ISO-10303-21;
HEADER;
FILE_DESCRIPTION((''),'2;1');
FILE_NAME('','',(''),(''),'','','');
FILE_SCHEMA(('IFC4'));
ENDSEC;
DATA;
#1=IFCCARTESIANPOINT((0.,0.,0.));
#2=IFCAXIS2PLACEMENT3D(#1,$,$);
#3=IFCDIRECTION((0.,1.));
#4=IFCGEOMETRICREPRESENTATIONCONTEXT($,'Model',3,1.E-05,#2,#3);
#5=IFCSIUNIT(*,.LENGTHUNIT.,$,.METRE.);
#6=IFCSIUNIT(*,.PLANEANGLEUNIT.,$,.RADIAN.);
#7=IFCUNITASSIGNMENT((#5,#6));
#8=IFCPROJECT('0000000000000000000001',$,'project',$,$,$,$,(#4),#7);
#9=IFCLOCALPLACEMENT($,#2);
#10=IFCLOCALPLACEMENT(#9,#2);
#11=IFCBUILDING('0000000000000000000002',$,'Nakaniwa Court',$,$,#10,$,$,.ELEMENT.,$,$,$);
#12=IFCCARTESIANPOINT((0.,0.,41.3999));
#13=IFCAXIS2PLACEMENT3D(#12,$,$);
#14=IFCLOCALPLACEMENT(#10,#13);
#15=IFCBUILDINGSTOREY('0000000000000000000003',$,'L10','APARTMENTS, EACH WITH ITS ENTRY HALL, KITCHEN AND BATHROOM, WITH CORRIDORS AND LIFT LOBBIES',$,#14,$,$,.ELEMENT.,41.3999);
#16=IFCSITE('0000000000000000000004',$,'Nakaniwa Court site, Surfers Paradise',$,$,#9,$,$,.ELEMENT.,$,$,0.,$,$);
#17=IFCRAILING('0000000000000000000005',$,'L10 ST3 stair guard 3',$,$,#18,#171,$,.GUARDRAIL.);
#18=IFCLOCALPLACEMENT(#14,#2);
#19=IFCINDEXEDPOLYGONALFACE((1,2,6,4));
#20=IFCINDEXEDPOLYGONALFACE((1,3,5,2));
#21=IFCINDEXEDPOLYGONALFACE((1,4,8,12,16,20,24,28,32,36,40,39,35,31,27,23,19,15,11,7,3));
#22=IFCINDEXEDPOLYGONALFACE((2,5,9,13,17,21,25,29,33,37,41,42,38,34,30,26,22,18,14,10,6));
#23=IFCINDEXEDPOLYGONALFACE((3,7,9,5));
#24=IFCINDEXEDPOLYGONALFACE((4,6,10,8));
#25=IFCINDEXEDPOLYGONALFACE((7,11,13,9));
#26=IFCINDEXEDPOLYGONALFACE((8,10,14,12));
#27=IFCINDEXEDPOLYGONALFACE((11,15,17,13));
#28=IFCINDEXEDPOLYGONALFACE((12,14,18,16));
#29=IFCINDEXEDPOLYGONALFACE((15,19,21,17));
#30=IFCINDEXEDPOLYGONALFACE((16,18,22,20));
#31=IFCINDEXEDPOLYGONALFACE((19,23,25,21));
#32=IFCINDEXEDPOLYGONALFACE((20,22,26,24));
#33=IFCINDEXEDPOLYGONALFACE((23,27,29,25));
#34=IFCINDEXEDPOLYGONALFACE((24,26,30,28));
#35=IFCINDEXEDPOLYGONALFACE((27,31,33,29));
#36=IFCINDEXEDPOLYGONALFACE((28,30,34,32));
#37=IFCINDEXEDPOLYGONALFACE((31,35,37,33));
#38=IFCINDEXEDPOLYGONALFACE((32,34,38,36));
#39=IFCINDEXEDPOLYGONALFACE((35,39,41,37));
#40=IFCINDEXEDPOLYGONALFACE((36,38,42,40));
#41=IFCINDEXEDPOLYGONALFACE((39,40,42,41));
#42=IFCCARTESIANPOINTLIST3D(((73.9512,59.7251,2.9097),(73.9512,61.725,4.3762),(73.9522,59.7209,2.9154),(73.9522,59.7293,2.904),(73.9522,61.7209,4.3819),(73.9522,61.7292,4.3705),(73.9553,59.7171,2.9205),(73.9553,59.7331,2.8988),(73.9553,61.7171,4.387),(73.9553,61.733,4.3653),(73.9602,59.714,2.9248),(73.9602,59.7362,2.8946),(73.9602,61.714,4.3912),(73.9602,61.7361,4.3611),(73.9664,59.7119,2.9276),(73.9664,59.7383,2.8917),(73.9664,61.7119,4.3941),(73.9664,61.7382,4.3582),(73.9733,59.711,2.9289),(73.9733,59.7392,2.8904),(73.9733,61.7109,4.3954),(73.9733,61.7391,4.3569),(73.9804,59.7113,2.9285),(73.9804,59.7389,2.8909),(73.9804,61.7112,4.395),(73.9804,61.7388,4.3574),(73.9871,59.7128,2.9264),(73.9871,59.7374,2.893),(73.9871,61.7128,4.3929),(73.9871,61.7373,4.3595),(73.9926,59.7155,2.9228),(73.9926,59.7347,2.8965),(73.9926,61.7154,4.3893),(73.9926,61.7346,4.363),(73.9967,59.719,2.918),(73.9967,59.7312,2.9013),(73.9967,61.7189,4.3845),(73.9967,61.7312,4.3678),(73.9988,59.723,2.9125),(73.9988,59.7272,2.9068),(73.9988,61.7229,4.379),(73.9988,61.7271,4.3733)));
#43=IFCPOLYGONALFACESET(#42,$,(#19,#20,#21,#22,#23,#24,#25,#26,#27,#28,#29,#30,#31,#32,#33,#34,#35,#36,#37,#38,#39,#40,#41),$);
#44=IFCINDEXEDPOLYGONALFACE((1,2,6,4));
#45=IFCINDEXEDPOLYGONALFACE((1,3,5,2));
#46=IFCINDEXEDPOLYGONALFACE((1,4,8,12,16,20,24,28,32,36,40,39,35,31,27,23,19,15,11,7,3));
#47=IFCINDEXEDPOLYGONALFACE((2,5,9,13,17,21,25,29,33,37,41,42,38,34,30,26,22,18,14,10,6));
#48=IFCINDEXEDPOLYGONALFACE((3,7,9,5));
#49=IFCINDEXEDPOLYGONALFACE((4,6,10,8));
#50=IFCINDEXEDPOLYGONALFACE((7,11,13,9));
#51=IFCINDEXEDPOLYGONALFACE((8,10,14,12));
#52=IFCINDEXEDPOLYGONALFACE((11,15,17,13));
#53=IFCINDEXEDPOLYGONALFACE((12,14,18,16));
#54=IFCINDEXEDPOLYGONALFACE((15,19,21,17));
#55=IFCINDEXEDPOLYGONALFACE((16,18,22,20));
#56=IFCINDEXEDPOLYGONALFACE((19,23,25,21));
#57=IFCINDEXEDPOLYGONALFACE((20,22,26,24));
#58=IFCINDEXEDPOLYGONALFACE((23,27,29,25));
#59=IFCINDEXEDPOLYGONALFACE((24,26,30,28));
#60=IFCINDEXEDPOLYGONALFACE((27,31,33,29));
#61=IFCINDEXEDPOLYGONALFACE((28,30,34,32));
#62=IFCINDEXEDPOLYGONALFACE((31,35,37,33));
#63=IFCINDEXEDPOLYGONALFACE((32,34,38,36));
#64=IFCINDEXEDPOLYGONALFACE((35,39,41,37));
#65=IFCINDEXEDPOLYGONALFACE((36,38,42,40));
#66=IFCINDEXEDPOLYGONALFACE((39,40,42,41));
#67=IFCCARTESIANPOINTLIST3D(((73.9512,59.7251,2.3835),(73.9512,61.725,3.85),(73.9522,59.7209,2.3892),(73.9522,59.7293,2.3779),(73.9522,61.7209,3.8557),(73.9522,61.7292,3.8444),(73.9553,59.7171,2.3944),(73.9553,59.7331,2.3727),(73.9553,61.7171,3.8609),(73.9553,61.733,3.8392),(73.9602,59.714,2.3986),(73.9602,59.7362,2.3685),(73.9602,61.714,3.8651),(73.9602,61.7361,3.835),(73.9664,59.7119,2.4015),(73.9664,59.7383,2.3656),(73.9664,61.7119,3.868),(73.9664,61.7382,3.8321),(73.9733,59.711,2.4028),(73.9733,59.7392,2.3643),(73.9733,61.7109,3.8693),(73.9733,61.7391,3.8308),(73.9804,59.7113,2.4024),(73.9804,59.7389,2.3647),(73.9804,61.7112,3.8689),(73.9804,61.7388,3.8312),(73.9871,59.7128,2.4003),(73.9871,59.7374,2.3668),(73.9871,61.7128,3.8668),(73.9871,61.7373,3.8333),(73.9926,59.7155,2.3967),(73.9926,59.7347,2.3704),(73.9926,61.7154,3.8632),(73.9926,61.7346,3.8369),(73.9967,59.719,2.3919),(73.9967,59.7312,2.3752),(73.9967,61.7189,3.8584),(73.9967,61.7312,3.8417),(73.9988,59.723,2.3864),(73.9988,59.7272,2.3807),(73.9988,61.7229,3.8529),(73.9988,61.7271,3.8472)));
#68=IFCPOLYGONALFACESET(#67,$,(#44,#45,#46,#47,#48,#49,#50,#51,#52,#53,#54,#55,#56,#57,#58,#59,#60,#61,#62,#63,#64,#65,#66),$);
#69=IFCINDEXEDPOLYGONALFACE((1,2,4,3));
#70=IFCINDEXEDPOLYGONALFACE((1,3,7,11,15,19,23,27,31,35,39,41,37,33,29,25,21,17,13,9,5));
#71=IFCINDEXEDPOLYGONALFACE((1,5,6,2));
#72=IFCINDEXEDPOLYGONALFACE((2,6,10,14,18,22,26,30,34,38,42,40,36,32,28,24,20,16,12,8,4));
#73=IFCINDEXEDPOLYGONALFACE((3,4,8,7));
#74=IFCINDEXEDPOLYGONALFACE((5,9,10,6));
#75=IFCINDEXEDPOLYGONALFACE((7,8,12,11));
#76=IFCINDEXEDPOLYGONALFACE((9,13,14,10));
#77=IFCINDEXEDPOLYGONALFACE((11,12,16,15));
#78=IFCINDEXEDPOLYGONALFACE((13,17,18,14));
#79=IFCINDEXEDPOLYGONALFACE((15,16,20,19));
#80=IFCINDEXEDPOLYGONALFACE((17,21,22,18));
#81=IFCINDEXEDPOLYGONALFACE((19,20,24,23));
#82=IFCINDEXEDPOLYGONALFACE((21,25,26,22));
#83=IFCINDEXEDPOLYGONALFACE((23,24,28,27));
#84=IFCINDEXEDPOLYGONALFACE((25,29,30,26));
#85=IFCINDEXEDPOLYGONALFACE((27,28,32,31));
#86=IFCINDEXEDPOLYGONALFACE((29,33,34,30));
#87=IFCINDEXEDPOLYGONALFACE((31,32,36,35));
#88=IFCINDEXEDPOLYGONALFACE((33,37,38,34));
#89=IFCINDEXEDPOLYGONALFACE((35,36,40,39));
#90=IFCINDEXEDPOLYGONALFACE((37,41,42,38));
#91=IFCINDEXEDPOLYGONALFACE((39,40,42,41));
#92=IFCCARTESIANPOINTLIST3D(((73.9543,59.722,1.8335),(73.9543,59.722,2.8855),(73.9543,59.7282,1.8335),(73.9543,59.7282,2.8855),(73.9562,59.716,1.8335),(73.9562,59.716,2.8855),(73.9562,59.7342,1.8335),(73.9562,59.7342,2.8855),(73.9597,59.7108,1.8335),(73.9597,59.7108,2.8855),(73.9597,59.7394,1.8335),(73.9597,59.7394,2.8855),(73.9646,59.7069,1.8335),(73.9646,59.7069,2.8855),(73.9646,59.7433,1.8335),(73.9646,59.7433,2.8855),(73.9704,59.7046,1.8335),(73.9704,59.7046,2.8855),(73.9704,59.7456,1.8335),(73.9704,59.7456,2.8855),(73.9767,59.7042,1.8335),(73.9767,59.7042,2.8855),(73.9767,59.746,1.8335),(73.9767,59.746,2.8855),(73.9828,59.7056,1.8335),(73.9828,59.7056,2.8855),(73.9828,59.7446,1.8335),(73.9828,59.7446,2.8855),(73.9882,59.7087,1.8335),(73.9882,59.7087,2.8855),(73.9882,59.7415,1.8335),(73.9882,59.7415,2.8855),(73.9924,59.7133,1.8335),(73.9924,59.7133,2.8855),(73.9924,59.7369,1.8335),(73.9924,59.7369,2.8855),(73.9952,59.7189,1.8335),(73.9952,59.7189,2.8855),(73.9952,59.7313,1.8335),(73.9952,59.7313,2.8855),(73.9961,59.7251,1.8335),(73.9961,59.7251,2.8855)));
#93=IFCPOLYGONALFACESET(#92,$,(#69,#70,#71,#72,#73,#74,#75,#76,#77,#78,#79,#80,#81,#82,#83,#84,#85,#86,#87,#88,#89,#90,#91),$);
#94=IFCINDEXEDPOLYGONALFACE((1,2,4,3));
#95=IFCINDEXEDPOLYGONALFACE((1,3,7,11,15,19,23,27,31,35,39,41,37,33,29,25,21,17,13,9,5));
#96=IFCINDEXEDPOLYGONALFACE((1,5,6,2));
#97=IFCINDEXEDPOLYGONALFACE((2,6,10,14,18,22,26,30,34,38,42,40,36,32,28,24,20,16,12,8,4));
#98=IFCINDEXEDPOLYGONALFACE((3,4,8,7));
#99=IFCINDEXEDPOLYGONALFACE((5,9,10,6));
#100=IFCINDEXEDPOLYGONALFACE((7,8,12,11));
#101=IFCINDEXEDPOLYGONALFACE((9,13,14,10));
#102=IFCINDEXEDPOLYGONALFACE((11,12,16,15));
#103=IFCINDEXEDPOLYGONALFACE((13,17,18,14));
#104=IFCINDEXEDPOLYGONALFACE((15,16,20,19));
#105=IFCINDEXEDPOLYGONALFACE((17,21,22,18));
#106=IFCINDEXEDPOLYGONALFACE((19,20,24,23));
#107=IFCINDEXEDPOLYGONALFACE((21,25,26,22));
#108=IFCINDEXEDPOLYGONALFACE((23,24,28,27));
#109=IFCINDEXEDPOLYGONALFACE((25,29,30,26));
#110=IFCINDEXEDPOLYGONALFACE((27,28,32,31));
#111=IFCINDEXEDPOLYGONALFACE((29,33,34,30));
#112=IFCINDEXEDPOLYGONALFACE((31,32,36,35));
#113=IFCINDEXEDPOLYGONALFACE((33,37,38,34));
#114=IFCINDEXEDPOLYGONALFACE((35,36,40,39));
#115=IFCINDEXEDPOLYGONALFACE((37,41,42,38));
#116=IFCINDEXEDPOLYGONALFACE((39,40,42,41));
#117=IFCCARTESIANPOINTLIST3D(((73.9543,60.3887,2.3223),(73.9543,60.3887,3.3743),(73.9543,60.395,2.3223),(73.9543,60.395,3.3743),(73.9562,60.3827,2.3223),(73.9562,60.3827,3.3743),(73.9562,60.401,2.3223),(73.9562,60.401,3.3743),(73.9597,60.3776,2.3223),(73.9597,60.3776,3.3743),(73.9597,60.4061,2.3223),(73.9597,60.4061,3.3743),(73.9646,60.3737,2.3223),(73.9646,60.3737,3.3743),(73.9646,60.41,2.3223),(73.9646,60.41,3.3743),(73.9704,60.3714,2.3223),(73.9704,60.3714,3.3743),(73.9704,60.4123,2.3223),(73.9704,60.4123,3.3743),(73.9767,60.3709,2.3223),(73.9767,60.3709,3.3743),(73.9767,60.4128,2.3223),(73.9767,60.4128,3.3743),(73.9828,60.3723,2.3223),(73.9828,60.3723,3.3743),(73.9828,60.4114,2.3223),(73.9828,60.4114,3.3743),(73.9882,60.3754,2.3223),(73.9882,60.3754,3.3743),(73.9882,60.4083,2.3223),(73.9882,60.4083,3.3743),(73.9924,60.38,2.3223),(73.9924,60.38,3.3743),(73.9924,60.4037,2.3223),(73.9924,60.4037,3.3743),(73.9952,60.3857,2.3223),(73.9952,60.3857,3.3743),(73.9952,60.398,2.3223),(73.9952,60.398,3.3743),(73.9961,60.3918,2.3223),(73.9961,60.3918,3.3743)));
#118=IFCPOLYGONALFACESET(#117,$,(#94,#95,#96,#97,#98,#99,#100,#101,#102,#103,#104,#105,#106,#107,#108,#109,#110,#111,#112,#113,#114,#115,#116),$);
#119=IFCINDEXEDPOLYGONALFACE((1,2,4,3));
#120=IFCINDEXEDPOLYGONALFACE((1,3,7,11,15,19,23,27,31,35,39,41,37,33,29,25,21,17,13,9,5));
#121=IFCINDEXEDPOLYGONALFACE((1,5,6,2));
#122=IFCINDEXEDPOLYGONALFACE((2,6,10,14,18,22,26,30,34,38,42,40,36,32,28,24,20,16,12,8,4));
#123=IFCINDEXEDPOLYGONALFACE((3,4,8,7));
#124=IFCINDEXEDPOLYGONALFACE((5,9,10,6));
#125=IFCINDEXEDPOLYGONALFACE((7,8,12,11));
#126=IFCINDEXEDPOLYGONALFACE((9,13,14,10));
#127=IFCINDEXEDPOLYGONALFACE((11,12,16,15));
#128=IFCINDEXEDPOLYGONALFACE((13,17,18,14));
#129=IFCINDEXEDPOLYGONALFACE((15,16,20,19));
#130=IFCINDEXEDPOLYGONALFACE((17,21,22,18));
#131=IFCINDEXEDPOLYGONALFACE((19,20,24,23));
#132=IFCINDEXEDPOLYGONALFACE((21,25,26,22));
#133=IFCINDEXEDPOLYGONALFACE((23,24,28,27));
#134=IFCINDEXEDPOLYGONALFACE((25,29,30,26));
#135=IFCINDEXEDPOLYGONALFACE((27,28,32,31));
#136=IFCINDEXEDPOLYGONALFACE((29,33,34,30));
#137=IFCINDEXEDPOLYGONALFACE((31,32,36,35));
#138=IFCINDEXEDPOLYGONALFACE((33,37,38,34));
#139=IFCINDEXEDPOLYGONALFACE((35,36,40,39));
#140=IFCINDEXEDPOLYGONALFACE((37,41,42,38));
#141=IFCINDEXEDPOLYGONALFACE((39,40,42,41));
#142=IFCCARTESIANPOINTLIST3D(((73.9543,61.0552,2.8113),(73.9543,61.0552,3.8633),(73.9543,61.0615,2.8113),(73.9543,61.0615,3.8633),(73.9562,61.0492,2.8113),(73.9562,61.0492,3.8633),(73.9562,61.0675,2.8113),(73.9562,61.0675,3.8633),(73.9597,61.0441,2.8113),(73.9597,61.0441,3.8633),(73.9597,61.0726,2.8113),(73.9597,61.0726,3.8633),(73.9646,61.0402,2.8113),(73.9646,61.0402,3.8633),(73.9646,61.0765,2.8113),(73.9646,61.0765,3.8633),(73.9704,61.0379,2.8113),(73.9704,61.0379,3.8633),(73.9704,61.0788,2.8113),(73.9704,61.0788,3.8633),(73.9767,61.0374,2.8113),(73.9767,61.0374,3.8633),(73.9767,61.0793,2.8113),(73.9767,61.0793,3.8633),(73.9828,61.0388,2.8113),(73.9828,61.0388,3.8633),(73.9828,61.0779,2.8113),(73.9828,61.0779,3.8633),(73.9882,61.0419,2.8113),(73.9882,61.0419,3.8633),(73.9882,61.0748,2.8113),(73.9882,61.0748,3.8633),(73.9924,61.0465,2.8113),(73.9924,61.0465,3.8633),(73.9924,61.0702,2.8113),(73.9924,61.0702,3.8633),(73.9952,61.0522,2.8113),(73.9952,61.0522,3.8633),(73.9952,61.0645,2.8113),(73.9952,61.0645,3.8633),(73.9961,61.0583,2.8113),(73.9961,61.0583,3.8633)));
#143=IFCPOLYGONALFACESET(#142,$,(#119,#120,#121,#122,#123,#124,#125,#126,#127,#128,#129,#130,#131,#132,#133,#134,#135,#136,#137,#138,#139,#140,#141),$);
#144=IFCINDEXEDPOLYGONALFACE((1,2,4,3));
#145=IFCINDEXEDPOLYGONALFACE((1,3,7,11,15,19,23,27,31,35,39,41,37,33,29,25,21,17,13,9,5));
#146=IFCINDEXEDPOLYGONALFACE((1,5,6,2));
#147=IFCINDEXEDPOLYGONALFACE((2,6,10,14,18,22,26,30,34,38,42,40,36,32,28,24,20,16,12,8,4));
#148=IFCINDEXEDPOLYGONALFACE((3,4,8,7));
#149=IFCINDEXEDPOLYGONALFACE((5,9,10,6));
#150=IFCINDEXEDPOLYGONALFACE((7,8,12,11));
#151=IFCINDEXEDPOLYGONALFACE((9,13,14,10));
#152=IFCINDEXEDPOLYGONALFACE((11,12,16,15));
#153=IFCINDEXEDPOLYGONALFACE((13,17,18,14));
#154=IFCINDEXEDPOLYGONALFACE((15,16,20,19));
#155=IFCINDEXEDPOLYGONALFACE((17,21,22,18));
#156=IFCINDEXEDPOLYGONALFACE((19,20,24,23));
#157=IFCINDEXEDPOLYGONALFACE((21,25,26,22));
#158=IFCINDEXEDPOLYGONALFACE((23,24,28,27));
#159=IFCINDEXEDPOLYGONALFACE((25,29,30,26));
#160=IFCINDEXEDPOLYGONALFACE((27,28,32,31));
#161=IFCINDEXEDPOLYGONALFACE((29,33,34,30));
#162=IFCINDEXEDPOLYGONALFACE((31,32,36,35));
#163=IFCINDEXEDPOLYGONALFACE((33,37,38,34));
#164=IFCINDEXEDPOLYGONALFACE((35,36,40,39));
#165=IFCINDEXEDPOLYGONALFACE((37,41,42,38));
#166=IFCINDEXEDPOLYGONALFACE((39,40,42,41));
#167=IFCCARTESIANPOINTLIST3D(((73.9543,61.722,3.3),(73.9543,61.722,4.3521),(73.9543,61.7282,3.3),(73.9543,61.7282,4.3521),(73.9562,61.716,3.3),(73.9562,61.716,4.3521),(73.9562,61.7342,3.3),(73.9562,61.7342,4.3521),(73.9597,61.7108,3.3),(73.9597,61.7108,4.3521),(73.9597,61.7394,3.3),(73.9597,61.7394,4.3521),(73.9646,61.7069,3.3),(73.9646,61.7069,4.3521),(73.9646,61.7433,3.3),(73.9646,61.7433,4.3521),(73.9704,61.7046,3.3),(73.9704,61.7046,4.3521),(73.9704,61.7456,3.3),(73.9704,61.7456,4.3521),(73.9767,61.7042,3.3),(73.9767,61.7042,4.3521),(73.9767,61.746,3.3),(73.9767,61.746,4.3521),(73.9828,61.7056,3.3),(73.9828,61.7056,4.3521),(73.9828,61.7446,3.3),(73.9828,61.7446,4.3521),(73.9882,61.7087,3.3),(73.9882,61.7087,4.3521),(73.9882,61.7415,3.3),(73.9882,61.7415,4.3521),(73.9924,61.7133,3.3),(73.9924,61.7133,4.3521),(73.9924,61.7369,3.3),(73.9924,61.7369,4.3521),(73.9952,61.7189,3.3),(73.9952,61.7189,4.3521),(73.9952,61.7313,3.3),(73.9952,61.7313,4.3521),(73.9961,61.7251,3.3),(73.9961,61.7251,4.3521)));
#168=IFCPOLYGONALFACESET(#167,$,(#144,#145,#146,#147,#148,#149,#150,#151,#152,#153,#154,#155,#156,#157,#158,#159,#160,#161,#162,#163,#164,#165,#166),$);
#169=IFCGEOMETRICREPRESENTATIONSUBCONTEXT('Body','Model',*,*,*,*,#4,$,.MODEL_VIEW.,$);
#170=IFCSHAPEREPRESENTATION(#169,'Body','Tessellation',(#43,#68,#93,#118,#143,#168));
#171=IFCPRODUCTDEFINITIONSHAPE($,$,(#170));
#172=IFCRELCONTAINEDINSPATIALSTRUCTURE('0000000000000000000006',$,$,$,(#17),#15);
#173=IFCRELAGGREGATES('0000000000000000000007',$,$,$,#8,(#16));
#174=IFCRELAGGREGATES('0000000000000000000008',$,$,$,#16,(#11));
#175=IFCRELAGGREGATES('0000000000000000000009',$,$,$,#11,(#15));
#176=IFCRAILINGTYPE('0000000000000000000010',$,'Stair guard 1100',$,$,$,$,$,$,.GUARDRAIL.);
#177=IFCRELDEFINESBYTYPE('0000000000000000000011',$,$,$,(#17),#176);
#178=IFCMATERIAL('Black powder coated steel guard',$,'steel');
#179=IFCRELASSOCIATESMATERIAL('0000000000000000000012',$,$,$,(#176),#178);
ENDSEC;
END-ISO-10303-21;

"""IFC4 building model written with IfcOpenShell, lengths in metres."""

from ifc_helpers import new_model, si_unit, direction, frame, origin, origin_2d, place, context, subcontext, project, spatial, circle, extrude, material, type_object, element, save


model = new_model("IFC4")

# Units and contexts
model_context = context("Model", 3, precision=1e-05, world=origin(), true_north=direction((0.0, 1.0)))
body_context = subcontext(model_context, "Body", "Model", "MODEL_VIEW")
ifc_project = project(units=[si_unit("LENGTHUNIT", "METRE"), si_unit("PLANEANGLEUNIT", "RADIAN")], contexts=[model_context])

# Site, building, storey
site_placement = place(None, origin())
site = spatial("IfcSite", under=ifc_project, at=site_placement, Name="Nakaniwa Court site, Surfers Paradise", CompositionType="ELEMENT", RefElevation=0.0)
building_placement = place(site_placement, origin())
building = spatial("IfcBuilding", under=site, at=building_placement, Name="Nakaniwa Court", CompositionType="ELEMENT")
storey_placement = place(building_placement, frame((0.0, 0.0, 41.3999)))
storey = spatial("IfcBuildingStorey", under=building, at=storey_placement, Name="L10", Description="APARTMENTS, EACH WITH ITS ENTRY HALL, KITCHEN AND BATHROOM, WITH CORRIDORS AND LIFT LOBBIES", CompositionType="ELEMENT", Elevation=41.3999)

# Railing
ifc_material_1 = material(Name="Black powder coated steel guard", Category="steel")
railing_type_1 = type_object("IfcRailingType", Name="Stair guard 1100", PredefinedType="GUARDRAIL", material=ifc_material_1)
railing_1_placement = place(storey_placement, frame((73.9751, 59.7251, 1.8335)))
element("IfcRailing", 1, at=railing_1_placement, inside=storey, type_object=railing_type_1, Name="L10 ST3 stair guard 3", PredefinedType="GUARDRAIL", context=body_context, shape_type="SweptSolid", body=[
    extrude(circle(Radius=0.0239, at=origin_2d()), frame((0.0, 0.0, 1.0762), z_axis=(0.0, 0.806427, 0.591334), x_axis=(-1.0, 0.0, 0.0)), (0.0, 0.0, 1.0), 2.48),
    extrude(circle(Radius=0.0239, at=origin_2d()), frame((0.0, 0.0, 0.55), z_axis=(0.0, 0.806427, 0.591334), x_axis=(-1.0, 0.0, 0.0)), (0.0, 0.0, 1.0), 2.48),
    extrude(circle(Radius=0.021, at=origin_2d()), origin(), (0.0, 0.0, 1.0), 1.052),
    extrude(circle(Radius=0.021, at=origin_2d()), frame((0.0, 0.6667, 0.4888)), (0.0, 0.0, 1.0), 1.052),
    extrude(circle(Radius=0.021, at=origin_2d()), frame((0.0, 1.3333, 0.9778)), (0.0, 0.0, 1.0), 1.052),
    extrude(circle(Radius=0.021, at=origin_2d()), frame((0.0, 2.0, 1.4666)), (0.0, 0.0, 1.0), 1.052),
])

save(model, "model.ifc")
